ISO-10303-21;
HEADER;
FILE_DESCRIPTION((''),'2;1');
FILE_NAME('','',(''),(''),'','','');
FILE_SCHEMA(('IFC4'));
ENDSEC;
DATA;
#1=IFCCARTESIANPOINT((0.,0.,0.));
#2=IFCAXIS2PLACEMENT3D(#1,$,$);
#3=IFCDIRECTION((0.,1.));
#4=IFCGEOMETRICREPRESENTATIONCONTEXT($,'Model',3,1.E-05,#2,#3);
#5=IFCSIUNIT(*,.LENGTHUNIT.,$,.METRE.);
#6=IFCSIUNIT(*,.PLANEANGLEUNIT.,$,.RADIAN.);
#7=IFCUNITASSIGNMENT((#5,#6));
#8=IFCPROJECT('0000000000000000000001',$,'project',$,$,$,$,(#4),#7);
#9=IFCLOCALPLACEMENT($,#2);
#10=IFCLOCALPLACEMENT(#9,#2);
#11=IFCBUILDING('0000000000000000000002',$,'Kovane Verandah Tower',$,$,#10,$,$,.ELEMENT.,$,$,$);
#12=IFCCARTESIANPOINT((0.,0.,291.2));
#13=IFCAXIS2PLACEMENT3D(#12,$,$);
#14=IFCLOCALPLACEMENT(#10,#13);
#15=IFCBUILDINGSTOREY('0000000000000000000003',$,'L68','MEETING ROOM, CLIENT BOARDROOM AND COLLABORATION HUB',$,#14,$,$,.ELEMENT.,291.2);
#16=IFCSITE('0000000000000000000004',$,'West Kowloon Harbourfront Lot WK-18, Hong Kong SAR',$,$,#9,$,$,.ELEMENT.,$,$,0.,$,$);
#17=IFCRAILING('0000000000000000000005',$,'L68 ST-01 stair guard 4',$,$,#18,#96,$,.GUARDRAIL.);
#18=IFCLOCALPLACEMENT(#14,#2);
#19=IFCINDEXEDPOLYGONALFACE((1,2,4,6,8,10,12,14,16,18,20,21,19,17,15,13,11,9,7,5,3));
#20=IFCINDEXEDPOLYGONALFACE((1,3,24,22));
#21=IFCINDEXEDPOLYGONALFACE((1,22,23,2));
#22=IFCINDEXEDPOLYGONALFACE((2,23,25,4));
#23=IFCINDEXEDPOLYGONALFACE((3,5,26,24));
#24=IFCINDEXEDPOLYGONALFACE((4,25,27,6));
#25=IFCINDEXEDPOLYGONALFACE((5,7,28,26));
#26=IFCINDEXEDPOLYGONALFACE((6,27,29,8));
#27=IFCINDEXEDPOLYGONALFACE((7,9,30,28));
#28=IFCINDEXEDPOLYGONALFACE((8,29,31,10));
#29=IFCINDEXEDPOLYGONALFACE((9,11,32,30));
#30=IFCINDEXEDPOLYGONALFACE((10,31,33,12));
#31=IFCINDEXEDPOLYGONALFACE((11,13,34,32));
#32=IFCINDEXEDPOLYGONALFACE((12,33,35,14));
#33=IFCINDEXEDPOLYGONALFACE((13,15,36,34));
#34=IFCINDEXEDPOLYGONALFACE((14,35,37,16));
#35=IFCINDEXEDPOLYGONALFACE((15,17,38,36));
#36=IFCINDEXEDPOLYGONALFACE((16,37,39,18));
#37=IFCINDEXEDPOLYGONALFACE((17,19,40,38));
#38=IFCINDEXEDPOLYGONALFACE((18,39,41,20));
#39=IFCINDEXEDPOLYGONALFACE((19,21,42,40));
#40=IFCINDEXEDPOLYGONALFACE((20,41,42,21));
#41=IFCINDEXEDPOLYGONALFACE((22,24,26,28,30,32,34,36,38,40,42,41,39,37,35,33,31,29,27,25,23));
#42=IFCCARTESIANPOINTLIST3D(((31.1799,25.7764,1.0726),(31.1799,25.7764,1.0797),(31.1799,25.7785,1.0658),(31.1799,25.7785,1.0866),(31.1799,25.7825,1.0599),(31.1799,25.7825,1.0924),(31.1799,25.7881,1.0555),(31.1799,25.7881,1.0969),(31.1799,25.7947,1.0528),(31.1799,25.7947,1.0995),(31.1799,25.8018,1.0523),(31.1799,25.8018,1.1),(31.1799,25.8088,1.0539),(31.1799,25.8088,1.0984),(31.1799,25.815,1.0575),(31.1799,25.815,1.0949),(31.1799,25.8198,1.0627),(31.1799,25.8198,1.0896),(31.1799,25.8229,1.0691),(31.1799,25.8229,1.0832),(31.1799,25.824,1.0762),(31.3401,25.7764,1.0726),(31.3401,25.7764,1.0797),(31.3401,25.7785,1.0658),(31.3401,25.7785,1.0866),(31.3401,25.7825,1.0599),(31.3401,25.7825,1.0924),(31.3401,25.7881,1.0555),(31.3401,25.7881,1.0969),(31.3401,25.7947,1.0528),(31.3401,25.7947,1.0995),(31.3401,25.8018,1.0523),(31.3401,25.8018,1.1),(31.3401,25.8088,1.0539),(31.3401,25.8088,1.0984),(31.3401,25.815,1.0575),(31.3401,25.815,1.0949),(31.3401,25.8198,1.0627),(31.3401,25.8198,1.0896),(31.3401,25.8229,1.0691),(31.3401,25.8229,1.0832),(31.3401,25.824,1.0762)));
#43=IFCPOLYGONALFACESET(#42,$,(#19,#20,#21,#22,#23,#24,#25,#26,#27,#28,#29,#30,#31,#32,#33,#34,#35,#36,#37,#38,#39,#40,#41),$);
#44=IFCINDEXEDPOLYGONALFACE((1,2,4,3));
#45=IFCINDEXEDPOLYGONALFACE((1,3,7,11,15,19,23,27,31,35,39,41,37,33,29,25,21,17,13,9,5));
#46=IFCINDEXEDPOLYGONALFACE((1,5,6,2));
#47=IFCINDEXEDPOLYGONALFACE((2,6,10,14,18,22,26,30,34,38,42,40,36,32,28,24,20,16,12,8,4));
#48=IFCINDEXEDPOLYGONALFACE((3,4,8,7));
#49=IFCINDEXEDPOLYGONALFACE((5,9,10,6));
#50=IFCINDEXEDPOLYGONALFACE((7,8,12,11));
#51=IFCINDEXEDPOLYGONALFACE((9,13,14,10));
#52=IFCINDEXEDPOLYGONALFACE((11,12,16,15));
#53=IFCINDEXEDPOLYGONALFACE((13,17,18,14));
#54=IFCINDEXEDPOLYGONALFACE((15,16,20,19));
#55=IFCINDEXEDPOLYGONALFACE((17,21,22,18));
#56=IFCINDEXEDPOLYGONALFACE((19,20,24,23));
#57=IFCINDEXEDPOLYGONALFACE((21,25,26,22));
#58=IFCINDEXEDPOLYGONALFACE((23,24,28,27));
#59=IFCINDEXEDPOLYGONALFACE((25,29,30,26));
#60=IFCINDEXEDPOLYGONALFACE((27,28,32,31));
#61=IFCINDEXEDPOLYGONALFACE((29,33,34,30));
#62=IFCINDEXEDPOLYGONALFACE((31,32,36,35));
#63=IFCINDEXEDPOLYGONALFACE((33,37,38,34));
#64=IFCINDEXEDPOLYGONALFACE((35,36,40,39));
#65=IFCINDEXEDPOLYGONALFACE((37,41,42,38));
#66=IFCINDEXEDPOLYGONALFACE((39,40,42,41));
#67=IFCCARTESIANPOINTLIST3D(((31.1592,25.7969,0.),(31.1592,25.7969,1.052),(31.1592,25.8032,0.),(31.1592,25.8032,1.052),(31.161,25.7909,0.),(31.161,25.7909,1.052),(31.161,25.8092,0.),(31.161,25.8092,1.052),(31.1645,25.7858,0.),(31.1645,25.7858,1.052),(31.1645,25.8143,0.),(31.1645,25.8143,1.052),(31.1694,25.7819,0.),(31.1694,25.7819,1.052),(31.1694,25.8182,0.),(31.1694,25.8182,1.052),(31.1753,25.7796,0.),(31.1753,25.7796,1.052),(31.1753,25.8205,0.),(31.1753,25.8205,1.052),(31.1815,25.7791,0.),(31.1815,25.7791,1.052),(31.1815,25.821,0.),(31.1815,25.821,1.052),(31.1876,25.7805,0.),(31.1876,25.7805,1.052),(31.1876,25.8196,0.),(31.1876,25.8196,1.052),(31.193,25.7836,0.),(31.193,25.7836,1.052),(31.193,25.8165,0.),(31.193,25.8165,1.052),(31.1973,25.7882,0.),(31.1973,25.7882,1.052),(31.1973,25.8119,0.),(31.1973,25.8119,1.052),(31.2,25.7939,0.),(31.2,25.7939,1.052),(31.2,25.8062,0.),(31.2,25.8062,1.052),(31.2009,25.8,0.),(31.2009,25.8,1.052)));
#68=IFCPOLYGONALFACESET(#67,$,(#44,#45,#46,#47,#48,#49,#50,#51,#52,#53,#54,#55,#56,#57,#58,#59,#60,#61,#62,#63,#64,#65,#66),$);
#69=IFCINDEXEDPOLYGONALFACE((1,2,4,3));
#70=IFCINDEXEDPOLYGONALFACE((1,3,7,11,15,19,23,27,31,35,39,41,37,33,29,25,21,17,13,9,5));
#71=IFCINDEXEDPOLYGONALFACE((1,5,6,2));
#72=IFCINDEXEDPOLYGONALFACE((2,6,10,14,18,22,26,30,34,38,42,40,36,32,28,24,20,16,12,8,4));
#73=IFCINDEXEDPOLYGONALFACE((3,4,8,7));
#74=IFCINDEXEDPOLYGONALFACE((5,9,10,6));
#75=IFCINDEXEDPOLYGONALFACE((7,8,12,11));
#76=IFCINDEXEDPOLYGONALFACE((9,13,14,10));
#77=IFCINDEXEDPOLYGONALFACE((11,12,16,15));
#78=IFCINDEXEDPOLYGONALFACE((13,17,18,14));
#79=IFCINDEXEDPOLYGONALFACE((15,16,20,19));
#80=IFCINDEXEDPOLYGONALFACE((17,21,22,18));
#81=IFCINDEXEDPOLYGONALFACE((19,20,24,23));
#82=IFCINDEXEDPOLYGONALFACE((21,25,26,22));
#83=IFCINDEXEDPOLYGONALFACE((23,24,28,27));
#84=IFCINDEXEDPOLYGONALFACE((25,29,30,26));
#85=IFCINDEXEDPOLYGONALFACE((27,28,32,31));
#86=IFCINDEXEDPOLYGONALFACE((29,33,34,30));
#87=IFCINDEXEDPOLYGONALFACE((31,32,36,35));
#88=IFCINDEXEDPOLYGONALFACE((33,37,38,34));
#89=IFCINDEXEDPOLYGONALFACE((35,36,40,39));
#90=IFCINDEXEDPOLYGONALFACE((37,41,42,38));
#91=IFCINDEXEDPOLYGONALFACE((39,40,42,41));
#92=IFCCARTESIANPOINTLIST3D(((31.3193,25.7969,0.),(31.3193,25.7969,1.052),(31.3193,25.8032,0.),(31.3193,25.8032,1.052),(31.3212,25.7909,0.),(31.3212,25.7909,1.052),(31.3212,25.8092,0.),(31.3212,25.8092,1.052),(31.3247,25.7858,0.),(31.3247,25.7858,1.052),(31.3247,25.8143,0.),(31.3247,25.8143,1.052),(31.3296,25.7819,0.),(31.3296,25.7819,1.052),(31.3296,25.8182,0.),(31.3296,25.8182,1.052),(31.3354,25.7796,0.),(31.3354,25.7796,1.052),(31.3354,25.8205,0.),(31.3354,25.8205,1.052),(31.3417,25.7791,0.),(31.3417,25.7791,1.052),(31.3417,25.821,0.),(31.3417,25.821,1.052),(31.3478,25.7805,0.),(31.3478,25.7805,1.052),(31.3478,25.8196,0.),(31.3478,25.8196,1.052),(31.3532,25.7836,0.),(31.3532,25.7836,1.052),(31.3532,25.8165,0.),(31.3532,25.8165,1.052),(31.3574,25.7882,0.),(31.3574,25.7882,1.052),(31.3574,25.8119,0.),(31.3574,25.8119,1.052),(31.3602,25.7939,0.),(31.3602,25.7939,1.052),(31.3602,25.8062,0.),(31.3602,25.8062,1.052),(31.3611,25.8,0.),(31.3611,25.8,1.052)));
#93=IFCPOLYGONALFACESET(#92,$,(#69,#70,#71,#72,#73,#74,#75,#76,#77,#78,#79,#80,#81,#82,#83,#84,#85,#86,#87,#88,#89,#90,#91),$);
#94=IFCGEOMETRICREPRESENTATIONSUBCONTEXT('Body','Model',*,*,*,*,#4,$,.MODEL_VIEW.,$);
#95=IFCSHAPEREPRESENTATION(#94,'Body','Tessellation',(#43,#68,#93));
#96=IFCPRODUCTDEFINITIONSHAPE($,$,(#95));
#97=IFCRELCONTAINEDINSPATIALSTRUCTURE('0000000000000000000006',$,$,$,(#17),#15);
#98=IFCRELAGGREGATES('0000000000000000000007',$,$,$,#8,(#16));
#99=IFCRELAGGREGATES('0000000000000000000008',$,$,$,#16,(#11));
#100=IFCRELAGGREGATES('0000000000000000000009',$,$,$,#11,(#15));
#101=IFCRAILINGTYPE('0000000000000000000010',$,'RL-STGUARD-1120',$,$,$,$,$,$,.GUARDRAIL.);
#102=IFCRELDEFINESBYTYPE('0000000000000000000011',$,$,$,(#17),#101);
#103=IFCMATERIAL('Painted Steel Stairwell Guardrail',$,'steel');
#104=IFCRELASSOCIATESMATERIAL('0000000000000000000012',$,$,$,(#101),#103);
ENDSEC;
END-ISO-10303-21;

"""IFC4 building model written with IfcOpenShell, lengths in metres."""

from ifc_helpers import new_model, si_unit, direction, frame, origin, origin_2d, place, context, subcontext, project, spatial, circle, extrude, material, type_object, element, save


model = new_model("IFC4")

# Units and contexts
model_context = context("Model", 3, precision=1e-05, world=origin(), true_north=direction((0.0, 1.0)))
body_context = subcontext(model_context, "Body", "Model", "MODEL_VIEW")
ifc_project = project(units=[si_unit("LENGTHUNIT", "METRE"), si_unit("PLANEANGLEUNIT", "RADIAN")], contexts=[model_context])

# Site, building, storey
site_placement = place(None, origin())
site = spatial("IfcSite", under=ifc_project, at=site_placement, Name="West Kowloon Harbourfront Lot WK-18, Hong Kong SAR", CompositionType="ELEMENT", RefElevation=0.0)
building_placement = place(site_placement, origin())
building = spatial("IfcBuilding", under=site, at=building_placement, Name="Kovane Verandah Tower", CompositionType="ELEMENT")
storey_placement = place(building_placement, frame((0.0, 0.0, 291.2)))
storey = spatial("IfcBuildingStorey", under=building, at=storey_placement, Name="L68", Description="MEETING ROOM, CLIENT BOARDROOM AND COLLABORATION HUB", CompositionType="ELEMENT", Elevation=291.2)

# Railing
ifc_material_1 = material(Name="Painted Steel Stairwell Guardrail", Category="steel")
railing_type_1 = type_object("IfcRailingType", Name="RL-STGUARD-1120", PredefinedType="GUARDRAIL", material=ifc_material_1)
railing_1_placement = place(storey_placement, frame((31.1799, 25.8, 0.0)))
element("IfcRailing", 1, at=railing_1_placement, inside=storey, type_object=railing_type_1, Name="L68 ST-01 stair guard 4", PredefinedType="GUARDRAIL", context=body_context, shape_type="SweptSolid", body=[
    extrude(circle(Radius=0.0239, at=origin_2d()), frame((0.0, 0.0, 1.0762), z_axis=(1.0, 0.0, 0.0), x_axis=(0.0, 1.0, 0.0)), (0.0, 0.0, 1.0), 0.1602),
    extrude(circle(Radius=0.021, at=origin_2d()), origin(), (0.0, 0.0, 1.0), 1.052),
    extrude(circle(Radius=0.021, at=origin_2d()), frame((0.1602, 0.0, 0.0)), (0.0, 0.0, 1.0), 1.052),
])

save(model, "model.ifc")
